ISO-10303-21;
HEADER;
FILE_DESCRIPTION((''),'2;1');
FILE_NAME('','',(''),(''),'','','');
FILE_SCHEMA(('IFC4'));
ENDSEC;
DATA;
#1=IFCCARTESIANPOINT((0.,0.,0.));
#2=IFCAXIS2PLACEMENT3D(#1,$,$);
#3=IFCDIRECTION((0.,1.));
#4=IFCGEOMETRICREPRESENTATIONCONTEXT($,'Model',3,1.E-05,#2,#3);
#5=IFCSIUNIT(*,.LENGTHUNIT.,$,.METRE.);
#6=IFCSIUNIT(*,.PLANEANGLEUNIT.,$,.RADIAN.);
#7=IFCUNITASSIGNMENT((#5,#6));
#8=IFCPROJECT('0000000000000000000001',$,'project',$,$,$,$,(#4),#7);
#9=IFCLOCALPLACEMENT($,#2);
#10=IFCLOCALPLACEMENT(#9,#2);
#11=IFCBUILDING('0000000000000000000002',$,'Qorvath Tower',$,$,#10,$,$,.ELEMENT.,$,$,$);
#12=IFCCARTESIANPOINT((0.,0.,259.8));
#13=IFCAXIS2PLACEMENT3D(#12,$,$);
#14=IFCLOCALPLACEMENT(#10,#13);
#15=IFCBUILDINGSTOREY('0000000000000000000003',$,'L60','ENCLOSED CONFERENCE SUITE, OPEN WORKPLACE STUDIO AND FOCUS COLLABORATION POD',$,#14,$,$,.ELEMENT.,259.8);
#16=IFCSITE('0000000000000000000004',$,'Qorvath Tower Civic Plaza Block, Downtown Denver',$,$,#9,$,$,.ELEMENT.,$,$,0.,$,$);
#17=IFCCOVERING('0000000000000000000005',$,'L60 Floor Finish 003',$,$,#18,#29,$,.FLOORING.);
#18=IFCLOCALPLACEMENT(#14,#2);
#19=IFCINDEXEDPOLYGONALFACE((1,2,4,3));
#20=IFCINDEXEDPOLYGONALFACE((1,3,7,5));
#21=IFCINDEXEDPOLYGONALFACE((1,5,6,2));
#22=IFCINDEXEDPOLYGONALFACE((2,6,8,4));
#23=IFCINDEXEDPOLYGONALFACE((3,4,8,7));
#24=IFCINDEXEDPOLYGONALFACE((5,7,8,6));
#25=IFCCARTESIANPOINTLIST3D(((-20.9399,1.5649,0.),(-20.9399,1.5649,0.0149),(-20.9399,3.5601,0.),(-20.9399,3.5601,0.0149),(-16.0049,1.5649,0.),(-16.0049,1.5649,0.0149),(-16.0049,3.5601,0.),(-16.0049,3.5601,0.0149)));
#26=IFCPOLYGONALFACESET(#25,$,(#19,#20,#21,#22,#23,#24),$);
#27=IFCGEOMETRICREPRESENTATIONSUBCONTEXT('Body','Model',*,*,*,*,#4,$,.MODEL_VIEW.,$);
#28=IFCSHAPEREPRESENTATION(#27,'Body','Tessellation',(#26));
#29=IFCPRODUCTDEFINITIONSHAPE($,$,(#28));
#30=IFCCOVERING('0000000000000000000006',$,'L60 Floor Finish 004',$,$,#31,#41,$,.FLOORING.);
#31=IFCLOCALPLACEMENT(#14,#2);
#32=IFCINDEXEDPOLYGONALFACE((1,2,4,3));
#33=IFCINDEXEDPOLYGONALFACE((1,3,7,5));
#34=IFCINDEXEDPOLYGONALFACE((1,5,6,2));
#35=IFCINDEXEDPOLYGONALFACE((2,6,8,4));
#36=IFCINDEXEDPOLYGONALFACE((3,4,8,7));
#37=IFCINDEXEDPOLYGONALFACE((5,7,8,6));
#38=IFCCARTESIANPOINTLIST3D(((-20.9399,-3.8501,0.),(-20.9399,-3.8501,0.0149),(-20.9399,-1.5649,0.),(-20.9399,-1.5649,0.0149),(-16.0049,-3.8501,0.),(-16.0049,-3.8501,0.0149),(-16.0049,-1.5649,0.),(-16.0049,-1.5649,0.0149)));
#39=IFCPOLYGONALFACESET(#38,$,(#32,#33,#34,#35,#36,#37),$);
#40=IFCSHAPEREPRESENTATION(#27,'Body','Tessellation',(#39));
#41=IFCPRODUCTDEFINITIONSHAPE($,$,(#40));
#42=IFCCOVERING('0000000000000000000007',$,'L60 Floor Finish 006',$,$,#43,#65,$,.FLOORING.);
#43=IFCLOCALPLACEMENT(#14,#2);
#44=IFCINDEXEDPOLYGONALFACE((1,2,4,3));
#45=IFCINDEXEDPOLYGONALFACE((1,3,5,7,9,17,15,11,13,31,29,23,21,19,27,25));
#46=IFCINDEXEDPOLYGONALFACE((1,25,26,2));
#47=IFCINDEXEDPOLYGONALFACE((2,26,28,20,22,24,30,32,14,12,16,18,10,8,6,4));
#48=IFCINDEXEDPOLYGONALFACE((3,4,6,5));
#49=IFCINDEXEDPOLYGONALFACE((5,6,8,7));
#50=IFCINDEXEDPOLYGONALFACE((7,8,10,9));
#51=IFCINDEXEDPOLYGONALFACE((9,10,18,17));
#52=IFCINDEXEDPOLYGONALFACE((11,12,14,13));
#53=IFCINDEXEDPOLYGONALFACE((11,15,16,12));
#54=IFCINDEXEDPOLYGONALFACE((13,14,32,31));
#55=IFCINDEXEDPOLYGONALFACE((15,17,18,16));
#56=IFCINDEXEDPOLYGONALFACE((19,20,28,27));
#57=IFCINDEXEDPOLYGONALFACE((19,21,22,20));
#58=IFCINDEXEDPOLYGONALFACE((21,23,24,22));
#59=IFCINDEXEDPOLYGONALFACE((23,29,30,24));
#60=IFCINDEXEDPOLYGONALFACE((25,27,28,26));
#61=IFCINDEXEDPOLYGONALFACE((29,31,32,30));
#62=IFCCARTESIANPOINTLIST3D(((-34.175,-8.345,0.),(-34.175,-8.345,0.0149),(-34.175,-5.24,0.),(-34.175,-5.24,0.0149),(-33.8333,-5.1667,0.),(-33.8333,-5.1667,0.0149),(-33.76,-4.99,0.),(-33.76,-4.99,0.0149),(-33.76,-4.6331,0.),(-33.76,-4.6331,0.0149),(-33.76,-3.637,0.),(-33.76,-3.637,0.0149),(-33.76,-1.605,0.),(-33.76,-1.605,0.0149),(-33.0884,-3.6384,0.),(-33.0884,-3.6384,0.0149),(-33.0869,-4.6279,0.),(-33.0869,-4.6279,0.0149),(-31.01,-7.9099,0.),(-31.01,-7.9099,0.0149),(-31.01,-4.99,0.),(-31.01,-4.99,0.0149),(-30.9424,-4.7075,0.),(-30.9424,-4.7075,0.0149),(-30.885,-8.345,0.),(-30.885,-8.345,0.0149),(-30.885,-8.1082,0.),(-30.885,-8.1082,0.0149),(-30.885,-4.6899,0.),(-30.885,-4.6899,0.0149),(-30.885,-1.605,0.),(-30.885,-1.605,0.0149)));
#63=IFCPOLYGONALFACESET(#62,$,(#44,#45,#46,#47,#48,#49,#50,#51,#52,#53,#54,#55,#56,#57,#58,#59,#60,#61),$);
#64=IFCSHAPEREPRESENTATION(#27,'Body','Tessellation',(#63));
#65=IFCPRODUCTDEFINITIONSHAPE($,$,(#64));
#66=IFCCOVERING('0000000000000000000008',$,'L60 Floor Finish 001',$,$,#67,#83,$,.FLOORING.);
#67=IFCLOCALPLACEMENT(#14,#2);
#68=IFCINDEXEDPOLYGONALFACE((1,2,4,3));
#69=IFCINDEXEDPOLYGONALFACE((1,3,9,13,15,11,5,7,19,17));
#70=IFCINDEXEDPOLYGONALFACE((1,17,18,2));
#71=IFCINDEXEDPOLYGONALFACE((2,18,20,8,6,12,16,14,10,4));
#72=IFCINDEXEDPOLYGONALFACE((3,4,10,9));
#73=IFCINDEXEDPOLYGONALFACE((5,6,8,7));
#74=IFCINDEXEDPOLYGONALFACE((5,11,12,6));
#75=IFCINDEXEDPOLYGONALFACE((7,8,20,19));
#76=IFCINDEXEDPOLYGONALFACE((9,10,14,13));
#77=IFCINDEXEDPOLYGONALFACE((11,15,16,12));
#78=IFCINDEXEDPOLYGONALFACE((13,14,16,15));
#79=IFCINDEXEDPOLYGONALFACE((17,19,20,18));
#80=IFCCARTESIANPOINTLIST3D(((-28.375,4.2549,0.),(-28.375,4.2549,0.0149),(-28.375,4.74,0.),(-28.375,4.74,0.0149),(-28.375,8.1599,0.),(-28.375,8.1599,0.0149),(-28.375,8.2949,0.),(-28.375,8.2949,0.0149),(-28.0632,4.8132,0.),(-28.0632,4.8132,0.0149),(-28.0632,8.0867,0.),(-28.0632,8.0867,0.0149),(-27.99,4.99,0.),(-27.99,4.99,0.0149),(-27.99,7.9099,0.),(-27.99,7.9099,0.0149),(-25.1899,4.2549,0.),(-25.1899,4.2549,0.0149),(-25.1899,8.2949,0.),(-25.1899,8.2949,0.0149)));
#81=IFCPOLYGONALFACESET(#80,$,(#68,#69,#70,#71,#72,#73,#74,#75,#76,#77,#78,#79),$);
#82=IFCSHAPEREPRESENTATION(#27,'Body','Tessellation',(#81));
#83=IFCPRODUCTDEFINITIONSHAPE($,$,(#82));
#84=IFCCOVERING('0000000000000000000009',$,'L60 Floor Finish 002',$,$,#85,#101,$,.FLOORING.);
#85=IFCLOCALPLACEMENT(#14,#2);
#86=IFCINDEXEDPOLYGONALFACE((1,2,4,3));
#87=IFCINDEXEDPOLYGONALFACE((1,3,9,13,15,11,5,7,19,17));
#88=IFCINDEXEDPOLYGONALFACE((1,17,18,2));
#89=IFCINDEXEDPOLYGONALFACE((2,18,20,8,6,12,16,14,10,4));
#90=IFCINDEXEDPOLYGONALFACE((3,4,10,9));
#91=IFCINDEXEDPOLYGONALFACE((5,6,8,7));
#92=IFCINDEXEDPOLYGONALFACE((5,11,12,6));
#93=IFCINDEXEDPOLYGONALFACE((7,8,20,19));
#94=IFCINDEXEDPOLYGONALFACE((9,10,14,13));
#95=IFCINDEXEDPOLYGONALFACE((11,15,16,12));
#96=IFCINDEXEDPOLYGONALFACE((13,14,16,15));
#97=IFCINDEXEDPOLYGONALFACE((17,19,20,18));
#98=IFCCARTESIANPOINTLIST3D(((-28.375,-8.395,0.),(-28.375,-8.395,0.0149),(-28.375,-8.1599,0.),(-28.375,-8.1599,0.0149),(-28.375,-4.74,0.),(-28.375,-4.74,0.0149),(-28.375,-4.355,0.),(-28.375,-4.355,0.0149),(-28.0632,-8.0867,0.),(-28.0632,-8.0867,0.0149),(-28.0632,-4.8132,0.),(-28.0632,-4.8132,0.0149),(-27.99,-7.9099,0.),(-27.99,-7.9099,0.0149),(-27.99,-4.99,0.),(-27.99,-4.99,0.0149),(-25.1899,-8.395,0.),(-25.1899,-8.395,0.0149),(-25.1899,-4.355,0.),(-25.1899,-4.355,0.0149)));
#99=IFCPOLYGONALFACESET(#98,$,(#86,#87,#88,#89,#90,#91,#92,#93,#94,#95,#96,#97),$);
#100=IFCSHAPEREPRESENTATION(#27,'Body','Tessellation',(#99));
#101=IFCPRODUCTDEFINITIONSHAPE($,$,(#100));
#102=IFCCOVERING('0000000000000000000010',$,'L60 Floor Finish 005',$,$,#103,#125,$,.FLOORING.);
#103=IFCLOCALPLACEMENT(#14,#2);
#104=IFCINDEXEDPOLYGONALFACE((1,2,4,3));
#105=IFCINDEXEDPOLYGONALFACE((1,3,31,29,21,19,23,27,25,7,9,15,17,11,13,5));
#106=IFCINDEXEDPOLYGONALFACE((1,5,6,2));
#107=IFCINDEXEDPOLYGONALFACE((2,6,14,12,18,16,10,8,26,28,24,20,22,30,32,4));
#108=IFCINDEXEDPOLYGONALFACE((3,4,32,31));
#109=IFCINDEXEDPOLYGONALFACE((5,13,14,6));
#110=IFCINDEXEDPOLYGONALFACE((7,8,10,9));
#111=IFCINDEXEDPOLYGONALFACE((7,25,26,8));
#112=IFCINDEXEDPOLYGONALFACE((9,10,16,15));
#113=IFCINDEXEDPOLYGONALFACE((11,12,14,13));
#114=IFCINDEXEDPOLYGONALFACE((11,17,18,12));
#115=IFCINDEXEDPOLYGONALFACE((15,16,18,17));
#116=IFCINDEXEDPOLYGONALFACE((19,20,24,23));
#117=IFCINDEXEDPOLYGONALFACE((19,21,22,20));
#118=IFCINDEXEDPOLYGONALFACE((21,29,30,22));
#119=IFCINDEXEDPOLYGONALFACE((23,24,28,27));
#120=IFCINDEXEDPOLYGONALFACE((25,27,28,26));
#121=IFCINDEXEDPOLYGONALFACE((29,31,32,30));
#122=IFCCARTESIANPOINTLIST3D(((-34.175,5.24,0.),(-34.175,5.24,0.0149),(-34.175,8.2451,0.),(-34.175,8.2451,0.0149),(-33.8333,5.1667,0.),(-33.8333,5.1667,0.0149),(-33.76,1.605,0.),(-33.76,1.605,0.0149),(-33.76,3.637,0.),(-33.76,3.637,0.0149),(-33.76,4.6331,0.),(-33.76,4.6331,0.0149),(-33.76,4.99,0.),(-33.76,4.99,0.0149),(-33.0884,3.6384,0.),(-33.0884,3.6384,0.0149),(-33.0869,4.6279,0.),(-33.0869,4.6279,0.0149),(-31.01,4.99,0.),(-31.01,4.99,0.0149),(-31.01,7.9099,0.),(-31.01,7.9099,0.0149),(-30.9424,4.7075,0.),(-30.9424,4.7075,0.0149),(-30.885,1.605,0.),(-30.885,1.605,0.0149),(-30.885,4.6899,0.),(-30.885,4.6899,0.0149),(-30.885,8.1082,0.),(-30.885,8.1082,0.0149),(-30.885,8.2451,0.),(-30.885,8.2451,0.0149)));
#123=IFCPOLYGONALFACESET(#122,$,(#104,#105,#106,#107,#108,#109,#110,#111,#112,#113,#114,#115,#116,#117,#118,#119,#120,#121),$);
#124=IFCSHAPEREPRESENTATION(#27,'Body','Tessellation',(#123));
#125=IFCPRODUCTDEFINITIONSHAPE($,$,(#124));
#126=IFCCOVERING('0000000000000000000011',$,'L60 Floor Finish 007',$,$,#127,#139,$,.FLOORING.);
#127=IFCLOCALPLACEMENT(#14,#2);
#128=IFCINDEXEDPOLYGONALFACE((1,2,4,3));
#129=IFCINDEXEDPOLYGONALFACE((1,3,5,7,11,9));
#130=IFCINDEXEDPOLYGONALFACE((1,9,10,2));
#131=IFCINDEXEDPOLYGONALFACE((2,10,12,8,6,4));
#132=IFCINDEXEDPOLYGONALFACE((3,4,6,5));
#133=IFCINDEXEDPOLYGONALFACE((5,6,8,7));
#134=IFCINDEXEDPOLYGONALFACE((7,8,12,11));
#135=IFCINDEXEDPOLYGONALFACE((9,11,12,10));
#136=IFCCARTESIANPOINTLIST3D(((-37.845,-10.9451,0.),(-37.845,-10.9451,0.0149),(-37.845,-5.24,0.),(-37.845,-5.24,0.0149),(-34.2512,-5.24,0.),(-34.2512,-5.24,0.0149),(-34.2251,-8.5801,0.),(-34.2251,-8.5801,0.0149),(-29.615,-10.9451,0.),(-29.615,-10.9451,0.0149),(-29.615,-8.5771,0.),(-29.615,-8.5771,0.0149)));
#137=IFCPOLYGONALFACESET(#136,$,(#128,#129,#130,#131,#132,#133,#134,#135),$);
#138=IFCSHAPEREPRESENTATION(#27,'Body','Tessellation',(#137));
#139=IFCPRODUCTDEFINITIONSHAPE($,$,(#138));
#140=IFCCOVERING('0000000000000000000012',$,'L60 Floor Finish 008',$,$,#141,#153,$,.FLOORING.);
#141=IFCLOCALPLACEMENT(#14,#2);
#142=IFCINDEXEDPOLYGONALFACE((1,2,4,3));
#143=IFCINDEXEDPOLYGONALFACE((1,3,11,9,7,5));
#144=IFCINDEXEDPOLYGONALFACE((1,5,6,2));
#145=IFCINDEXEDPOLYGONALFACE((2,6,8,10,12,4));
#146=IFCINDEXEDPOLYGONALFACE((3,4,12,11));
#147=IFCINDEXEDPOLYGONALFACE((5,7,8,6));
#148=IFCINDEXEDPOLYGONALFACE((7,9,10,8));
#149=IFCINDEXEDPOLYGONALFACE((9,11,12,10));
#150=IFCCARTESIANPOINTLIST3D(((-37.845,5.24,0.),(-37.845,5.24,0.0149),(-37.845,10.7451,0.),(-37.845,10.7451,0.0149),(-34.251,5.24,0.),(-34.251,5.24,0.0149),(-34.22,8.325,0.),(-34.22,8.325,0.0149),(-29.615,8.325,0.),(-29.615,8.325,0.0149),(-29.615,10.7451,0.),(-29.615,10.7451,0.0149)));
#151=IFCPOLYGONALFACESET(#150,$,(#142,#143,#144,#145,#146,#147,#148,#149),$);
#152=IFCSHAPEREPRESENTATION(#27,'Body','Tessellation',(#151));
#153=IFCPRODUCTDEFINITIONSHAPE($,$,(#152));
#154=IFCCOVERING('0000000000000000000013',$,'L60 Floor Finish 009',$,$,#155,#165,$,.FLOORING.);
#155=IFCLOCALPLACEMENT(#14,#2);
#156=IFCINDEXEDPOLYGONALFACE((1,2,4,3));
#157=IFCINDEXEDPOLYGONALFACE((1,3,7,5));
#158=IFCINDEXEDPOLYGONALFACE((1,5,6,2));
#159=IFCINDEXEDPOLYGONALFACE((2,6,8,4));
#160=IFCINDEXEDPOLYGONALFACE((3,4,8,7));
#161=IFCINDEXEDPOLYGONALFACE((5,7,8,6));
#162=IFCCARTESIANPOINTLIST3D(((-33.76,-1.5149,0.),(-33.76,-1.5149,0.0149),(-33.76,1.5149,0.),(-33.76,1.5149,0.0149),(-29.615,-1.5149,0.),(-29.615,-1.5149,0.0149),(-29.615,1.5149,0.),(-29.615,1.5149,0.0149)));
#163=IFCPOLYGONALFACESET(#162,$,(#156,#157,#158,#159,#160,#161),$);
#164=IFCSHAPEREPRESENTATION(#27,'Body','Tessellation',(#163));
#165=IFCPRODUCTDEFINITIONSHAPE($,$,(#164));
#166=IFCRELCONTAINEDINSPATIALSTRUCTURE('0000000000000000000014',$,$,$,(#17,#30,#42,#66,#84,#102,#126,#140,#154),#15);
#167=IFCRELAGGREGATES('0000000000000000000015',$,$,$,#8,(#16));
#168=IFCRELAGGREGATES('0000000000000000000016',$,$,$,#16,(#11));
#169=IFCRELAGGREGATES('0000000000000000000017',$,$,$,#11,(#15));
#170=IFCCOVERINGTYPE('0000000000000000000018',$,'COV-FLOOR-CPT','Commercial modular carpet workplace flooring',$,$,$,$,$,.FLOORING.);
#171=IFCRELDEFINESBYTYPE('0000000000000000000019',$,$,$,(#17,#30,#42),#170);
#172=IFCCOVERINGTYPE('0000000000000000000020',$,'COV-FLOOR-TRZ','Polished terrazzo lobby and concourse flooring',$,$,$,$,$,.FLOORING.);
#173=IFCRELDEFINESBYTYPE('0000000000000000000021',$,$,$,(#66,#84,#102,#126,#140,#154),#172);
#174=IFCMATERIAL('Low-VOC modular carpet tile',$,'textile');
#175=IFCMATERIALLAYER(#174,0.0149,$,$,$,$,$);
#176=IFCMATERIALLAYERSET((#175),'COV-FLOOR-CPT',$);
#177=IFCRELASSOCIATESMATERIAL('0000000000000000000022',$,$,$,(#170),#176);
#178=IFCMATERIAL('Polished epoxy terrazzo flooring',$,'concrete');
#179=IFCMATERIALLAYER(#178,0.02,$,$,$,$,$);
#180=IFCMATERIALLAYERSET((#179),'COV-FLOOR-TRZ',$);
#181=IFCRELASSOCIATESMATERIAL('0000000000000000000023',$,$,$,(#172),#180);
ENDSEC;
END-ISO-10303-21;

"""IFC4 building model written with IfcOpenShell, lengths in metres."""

from ifc_helpers import new_model, si_unit, direction, frame, origin, place, context, subcontext, project, spatial, polyline, outline, extrude, material, layer, layer_set, type_object, element, save


model = new_model("IFC4")

# Units and contexts
model_context = context("Model", 3, precision=1e-05, world=origin(), true_north=direction((0.0, 1.0)))
body_context = subcontext(model_context, "Body", "Model", "MODEL_VIEW")
ifc_project = project(units=[si_unit("LENGTHUNIT", "METRE"), si_unit("PLANEANGLEUNIT", "RADIAN")], contexts=[model_context])

# Site, building, storey
site_placement = place(None, origin())
site = spatial("IfcSite", under=ifc_project, at=site_placement, Name="Qorvath Tower Civic Plaza Block, Downtown Denver", CompositionType="ELEMENT", RefElevation=0.0)
building_placement = place(site_placement, origin())
building = spatial("IfcBuilding", under=site, at=building_placement, Name="Qorvath Tower", CompositionType="ELEMENT")
storey_placement = place(building_placement, frame((0.0, 0.0, 259.8)))
storey = spatial("IfcBuildingStorey", under=building, at=storey_placement, Name="L60", Description="ENCLOSED CONFERENCE SUITE, OPEN WORKPLACE STUDIO AND FOCUS COLLABORATION POD", CompositionType="ELEMENT", Elevation=259.8)

# Coverings
ifc_material_1 = material(Name="Low-VOC modular carpet tile", Category="textile")
ifc_layer_1 = layer(ifc_material_1, 0.0149)
ifc_layer_set_1 = layer_set([ifc_layer_1], Name="COV-FLOOR-CPT")
covering_type_1 = type_object("IfcCoveringType", Name="COV-FLOOR-CPT", Description="Commercial modular carpet workplace flooring", PredefinedType="FLOORING", material=ifc_layer_set_1)
covering_1_placement = place(storey_placement, origin())
element("IfcCovering", 1, at=covering_1_placement, inside=storey, type_object=covering_type_1, Name="L60 Floor Finish 003", PredefinedType="FLOORING", context=body_context, shape_type="SweptSolid", body=[
    extrude(outline(polyline([(-16.0049, 3.5601), (-20.9399, 3.5601), (-20.9399, 1.5649), (-16.0049, 1.5649), (-16.0049, 3.5601)])), origin(), (0.0, 0.0, 1.0), 0.0149),
])
covering_2_placement = place(storey_placement, origin())
element("IfcCovering", 2, at=covering_2_placement, inside=storey, type_object=covering_type_1, Name="L60 Floor Finish 004", PredefinedType="FLOORING", context=body_context, shape_type="SweptSolid", body=[
    extrude(outline(polyline([(-20.9399, -1.5649), (-20.9399, -3.8501), (-16.0049, -3.8501), (-16.0049, -1.5649), (-20.9399, -1.5649)])), origin(), (0.0, 0.0, 1.0), 0.0149),
])
covering_3_placement = place(storey_placement, origin())
element("IfcCovering", 3, at=covering_3_placement, inside=storey, type_object=covering_type_1, Name="L60 Floor Finish 006", PredefinedType="FLOORING", context=body_context, shape_type="SweptSolid", body=[
    extrude(outline(polyline([(-30.885, -1.605), (-33.76, -1.605), (-33.76, -3.637), (-33.0884, -3.6384), (-33.0869, -4.6279), (-33.76, -4.6331), (-33.76, -4.99), (-33.8333, -5.1667), (-34.175, -5.24), (-34.175, -8.345), (-30.885, -8.345), (-30.885, -8.1082), (-31.01, -7.9099), (-31.01, -4.99), (-30.9424, -4.7075), (-30.885, -4.6899), (-30.885, -1.605)])), origin(), (0.0, 0.0, 1.0), 0.0149),
])
ifc_material_2 = material(Name="Polished epoxy terrazzo flooring", Category="concrete")
ifc_layer_2 = layer(ifc_material_2, 0.02)
ifc_layer_set_2 = layer_set([ifc_layer_2], Name="COV-FLOOR-TRZ")
covering_type_2 = type_object("IfcCoveringType", Name="COV-FLOOR-TRZ", Description="Polished terrazzo lobby and concourse flooring", PredefinedType="FLOORING", material=ifc_layer_set_2)
covering_4_placement = place(storey_placement, origin())
element("IfcCovering", 4, at=covering_4_placement, inside=storey, type_object=covering_type_2, Name="L60 Floor Finish 001", PredefinedType="FLOORING", context=body_context, shape_type="SweptSolid", body=[
    extrude(outline(polyline([(-25.1899, 4.2549), (-25.1899, 8.2949), (-28.375, 8.2949), (-28.375, 8.1599), (-28.0632, 8.0867), (-27.99, 7.9099), (-27.99, 4.99), (-28.0632, 4.8132), (-28.375, 4.74), (-28.375, 4.2549), (-25.1899, 4.2549)])), origin(), (0.0, 0.0, 1.0), 0.0149),
])
covering_5_placement = place(storey_placement, origin())
element("IfcCovering", 5, at=covering_5_placement, inside=storey, type_object=covering_type_2, Name="L60 Floor Finish 002", PredefinedType="FLOORING", context=body_context, shape_type="SweptSolid", body=[
    extrude(outline(polyline([(-25.1899, -8.395), (-25.1899, -4.355), (-28.375, -4.355), (-28.375, -4.74), (-28.0632, -4.8132), (-27.99, -4.99), (-27.99, -7.9099), (-28.0632, -8.0867), (-28.375, -8.1599), (-28.375, -8.395), (-25.1899, -8.395)])), origin(), (0.0, 0.0, 1.0), 0.0149),
])
covering_6_placement = place(storey_placement, origin())
element("IfcCovering", 6, at=covering_6_placement, inside=storey, type_object=covering_type_2, Name="L60 Floor Finish 005", PredefinedType="FLOORING", context=body_context, shape_type="SweptSolid", body=[
    extrude(outline(polyline([(-30.885, 8.2451), (-34.175, 8.2451), (-34.175, 5.24), (-33.8333, 5.1667), (-33.76, 4.99), (-33.76, 4.6331), (-33.0869, 4.6279), (-33.0884, 3.6384), (-33.76, 3.637), (-33.76, 1.605), (-30.885, 1.605), (-30.885, 4.6899), (-30.9424, 4.7075), (-31.01, 4.99), (-31.01, 7.9099), (-30.885, 8.1082), (-30.885, 8.2451)])), origin(), (0.0, 0.0, 1.0), 0.0149),
])
covering_7_placement = place(storey_placement, origin())
element("IfcCovering", 7, at=covering_7_placement, inside=storey, type_object=covering_type_2, Name="L60 Floor Finish 007", PredefinedType="FLOORING", context=body_context, shape_type="SweptSolid", body=[
    extrude(outline(polyline([(-34.2251, -8.5801), (-34.2512, -5.24), (-37.845, -5.24), (-37.845, -10.9451), (-29.615, -10.9451), (-29.615, -8.5771), (-34.2251, -8.5801)])), origin(), (0.0, 0.0, 1.0), 0.0149),
])
covering_8_placement = place(storey_placement, origin())
element("IfcCovering", 8, at=covering_8_placement, inside=storey, type_object=covering_type_2, Name="L60 Floor Finish 008", PredefinedType="FLOORING", context=body_context, shape_type="SweptSolid", body=[
    extrude(outline(polyline([(-29.615, 8.325), (-29.615, 10.7451), (-37.845, 10.7451), (-37.845, 5.24), (-34.251, 5.24), (-34.22, 8.325), (-29.615, 8.325)])), origin(), (0.0, 0.0, 1.0), 0.0149),
])
covering_9_placement = place(storey_placement, origin())
element("IfcCovering", 9, at=covering_9_placement, inside=storey, type_object=covering_type_2, Name="L60 Floor Finish 009", PredefinedType="FLOORING", context=body_context, shape_type="SweptSolid", body=[
    extrude(outline(polyline([(-29.615, -1.5149), (-29.615, 1.5149), (-33.76, 1.5149), (-33.76, -1.5149), (-29.615, -1.5149)])), origin(), (0.0, 0.0, 1.0), 0.0149),
])

save(model, "model.ifc")
